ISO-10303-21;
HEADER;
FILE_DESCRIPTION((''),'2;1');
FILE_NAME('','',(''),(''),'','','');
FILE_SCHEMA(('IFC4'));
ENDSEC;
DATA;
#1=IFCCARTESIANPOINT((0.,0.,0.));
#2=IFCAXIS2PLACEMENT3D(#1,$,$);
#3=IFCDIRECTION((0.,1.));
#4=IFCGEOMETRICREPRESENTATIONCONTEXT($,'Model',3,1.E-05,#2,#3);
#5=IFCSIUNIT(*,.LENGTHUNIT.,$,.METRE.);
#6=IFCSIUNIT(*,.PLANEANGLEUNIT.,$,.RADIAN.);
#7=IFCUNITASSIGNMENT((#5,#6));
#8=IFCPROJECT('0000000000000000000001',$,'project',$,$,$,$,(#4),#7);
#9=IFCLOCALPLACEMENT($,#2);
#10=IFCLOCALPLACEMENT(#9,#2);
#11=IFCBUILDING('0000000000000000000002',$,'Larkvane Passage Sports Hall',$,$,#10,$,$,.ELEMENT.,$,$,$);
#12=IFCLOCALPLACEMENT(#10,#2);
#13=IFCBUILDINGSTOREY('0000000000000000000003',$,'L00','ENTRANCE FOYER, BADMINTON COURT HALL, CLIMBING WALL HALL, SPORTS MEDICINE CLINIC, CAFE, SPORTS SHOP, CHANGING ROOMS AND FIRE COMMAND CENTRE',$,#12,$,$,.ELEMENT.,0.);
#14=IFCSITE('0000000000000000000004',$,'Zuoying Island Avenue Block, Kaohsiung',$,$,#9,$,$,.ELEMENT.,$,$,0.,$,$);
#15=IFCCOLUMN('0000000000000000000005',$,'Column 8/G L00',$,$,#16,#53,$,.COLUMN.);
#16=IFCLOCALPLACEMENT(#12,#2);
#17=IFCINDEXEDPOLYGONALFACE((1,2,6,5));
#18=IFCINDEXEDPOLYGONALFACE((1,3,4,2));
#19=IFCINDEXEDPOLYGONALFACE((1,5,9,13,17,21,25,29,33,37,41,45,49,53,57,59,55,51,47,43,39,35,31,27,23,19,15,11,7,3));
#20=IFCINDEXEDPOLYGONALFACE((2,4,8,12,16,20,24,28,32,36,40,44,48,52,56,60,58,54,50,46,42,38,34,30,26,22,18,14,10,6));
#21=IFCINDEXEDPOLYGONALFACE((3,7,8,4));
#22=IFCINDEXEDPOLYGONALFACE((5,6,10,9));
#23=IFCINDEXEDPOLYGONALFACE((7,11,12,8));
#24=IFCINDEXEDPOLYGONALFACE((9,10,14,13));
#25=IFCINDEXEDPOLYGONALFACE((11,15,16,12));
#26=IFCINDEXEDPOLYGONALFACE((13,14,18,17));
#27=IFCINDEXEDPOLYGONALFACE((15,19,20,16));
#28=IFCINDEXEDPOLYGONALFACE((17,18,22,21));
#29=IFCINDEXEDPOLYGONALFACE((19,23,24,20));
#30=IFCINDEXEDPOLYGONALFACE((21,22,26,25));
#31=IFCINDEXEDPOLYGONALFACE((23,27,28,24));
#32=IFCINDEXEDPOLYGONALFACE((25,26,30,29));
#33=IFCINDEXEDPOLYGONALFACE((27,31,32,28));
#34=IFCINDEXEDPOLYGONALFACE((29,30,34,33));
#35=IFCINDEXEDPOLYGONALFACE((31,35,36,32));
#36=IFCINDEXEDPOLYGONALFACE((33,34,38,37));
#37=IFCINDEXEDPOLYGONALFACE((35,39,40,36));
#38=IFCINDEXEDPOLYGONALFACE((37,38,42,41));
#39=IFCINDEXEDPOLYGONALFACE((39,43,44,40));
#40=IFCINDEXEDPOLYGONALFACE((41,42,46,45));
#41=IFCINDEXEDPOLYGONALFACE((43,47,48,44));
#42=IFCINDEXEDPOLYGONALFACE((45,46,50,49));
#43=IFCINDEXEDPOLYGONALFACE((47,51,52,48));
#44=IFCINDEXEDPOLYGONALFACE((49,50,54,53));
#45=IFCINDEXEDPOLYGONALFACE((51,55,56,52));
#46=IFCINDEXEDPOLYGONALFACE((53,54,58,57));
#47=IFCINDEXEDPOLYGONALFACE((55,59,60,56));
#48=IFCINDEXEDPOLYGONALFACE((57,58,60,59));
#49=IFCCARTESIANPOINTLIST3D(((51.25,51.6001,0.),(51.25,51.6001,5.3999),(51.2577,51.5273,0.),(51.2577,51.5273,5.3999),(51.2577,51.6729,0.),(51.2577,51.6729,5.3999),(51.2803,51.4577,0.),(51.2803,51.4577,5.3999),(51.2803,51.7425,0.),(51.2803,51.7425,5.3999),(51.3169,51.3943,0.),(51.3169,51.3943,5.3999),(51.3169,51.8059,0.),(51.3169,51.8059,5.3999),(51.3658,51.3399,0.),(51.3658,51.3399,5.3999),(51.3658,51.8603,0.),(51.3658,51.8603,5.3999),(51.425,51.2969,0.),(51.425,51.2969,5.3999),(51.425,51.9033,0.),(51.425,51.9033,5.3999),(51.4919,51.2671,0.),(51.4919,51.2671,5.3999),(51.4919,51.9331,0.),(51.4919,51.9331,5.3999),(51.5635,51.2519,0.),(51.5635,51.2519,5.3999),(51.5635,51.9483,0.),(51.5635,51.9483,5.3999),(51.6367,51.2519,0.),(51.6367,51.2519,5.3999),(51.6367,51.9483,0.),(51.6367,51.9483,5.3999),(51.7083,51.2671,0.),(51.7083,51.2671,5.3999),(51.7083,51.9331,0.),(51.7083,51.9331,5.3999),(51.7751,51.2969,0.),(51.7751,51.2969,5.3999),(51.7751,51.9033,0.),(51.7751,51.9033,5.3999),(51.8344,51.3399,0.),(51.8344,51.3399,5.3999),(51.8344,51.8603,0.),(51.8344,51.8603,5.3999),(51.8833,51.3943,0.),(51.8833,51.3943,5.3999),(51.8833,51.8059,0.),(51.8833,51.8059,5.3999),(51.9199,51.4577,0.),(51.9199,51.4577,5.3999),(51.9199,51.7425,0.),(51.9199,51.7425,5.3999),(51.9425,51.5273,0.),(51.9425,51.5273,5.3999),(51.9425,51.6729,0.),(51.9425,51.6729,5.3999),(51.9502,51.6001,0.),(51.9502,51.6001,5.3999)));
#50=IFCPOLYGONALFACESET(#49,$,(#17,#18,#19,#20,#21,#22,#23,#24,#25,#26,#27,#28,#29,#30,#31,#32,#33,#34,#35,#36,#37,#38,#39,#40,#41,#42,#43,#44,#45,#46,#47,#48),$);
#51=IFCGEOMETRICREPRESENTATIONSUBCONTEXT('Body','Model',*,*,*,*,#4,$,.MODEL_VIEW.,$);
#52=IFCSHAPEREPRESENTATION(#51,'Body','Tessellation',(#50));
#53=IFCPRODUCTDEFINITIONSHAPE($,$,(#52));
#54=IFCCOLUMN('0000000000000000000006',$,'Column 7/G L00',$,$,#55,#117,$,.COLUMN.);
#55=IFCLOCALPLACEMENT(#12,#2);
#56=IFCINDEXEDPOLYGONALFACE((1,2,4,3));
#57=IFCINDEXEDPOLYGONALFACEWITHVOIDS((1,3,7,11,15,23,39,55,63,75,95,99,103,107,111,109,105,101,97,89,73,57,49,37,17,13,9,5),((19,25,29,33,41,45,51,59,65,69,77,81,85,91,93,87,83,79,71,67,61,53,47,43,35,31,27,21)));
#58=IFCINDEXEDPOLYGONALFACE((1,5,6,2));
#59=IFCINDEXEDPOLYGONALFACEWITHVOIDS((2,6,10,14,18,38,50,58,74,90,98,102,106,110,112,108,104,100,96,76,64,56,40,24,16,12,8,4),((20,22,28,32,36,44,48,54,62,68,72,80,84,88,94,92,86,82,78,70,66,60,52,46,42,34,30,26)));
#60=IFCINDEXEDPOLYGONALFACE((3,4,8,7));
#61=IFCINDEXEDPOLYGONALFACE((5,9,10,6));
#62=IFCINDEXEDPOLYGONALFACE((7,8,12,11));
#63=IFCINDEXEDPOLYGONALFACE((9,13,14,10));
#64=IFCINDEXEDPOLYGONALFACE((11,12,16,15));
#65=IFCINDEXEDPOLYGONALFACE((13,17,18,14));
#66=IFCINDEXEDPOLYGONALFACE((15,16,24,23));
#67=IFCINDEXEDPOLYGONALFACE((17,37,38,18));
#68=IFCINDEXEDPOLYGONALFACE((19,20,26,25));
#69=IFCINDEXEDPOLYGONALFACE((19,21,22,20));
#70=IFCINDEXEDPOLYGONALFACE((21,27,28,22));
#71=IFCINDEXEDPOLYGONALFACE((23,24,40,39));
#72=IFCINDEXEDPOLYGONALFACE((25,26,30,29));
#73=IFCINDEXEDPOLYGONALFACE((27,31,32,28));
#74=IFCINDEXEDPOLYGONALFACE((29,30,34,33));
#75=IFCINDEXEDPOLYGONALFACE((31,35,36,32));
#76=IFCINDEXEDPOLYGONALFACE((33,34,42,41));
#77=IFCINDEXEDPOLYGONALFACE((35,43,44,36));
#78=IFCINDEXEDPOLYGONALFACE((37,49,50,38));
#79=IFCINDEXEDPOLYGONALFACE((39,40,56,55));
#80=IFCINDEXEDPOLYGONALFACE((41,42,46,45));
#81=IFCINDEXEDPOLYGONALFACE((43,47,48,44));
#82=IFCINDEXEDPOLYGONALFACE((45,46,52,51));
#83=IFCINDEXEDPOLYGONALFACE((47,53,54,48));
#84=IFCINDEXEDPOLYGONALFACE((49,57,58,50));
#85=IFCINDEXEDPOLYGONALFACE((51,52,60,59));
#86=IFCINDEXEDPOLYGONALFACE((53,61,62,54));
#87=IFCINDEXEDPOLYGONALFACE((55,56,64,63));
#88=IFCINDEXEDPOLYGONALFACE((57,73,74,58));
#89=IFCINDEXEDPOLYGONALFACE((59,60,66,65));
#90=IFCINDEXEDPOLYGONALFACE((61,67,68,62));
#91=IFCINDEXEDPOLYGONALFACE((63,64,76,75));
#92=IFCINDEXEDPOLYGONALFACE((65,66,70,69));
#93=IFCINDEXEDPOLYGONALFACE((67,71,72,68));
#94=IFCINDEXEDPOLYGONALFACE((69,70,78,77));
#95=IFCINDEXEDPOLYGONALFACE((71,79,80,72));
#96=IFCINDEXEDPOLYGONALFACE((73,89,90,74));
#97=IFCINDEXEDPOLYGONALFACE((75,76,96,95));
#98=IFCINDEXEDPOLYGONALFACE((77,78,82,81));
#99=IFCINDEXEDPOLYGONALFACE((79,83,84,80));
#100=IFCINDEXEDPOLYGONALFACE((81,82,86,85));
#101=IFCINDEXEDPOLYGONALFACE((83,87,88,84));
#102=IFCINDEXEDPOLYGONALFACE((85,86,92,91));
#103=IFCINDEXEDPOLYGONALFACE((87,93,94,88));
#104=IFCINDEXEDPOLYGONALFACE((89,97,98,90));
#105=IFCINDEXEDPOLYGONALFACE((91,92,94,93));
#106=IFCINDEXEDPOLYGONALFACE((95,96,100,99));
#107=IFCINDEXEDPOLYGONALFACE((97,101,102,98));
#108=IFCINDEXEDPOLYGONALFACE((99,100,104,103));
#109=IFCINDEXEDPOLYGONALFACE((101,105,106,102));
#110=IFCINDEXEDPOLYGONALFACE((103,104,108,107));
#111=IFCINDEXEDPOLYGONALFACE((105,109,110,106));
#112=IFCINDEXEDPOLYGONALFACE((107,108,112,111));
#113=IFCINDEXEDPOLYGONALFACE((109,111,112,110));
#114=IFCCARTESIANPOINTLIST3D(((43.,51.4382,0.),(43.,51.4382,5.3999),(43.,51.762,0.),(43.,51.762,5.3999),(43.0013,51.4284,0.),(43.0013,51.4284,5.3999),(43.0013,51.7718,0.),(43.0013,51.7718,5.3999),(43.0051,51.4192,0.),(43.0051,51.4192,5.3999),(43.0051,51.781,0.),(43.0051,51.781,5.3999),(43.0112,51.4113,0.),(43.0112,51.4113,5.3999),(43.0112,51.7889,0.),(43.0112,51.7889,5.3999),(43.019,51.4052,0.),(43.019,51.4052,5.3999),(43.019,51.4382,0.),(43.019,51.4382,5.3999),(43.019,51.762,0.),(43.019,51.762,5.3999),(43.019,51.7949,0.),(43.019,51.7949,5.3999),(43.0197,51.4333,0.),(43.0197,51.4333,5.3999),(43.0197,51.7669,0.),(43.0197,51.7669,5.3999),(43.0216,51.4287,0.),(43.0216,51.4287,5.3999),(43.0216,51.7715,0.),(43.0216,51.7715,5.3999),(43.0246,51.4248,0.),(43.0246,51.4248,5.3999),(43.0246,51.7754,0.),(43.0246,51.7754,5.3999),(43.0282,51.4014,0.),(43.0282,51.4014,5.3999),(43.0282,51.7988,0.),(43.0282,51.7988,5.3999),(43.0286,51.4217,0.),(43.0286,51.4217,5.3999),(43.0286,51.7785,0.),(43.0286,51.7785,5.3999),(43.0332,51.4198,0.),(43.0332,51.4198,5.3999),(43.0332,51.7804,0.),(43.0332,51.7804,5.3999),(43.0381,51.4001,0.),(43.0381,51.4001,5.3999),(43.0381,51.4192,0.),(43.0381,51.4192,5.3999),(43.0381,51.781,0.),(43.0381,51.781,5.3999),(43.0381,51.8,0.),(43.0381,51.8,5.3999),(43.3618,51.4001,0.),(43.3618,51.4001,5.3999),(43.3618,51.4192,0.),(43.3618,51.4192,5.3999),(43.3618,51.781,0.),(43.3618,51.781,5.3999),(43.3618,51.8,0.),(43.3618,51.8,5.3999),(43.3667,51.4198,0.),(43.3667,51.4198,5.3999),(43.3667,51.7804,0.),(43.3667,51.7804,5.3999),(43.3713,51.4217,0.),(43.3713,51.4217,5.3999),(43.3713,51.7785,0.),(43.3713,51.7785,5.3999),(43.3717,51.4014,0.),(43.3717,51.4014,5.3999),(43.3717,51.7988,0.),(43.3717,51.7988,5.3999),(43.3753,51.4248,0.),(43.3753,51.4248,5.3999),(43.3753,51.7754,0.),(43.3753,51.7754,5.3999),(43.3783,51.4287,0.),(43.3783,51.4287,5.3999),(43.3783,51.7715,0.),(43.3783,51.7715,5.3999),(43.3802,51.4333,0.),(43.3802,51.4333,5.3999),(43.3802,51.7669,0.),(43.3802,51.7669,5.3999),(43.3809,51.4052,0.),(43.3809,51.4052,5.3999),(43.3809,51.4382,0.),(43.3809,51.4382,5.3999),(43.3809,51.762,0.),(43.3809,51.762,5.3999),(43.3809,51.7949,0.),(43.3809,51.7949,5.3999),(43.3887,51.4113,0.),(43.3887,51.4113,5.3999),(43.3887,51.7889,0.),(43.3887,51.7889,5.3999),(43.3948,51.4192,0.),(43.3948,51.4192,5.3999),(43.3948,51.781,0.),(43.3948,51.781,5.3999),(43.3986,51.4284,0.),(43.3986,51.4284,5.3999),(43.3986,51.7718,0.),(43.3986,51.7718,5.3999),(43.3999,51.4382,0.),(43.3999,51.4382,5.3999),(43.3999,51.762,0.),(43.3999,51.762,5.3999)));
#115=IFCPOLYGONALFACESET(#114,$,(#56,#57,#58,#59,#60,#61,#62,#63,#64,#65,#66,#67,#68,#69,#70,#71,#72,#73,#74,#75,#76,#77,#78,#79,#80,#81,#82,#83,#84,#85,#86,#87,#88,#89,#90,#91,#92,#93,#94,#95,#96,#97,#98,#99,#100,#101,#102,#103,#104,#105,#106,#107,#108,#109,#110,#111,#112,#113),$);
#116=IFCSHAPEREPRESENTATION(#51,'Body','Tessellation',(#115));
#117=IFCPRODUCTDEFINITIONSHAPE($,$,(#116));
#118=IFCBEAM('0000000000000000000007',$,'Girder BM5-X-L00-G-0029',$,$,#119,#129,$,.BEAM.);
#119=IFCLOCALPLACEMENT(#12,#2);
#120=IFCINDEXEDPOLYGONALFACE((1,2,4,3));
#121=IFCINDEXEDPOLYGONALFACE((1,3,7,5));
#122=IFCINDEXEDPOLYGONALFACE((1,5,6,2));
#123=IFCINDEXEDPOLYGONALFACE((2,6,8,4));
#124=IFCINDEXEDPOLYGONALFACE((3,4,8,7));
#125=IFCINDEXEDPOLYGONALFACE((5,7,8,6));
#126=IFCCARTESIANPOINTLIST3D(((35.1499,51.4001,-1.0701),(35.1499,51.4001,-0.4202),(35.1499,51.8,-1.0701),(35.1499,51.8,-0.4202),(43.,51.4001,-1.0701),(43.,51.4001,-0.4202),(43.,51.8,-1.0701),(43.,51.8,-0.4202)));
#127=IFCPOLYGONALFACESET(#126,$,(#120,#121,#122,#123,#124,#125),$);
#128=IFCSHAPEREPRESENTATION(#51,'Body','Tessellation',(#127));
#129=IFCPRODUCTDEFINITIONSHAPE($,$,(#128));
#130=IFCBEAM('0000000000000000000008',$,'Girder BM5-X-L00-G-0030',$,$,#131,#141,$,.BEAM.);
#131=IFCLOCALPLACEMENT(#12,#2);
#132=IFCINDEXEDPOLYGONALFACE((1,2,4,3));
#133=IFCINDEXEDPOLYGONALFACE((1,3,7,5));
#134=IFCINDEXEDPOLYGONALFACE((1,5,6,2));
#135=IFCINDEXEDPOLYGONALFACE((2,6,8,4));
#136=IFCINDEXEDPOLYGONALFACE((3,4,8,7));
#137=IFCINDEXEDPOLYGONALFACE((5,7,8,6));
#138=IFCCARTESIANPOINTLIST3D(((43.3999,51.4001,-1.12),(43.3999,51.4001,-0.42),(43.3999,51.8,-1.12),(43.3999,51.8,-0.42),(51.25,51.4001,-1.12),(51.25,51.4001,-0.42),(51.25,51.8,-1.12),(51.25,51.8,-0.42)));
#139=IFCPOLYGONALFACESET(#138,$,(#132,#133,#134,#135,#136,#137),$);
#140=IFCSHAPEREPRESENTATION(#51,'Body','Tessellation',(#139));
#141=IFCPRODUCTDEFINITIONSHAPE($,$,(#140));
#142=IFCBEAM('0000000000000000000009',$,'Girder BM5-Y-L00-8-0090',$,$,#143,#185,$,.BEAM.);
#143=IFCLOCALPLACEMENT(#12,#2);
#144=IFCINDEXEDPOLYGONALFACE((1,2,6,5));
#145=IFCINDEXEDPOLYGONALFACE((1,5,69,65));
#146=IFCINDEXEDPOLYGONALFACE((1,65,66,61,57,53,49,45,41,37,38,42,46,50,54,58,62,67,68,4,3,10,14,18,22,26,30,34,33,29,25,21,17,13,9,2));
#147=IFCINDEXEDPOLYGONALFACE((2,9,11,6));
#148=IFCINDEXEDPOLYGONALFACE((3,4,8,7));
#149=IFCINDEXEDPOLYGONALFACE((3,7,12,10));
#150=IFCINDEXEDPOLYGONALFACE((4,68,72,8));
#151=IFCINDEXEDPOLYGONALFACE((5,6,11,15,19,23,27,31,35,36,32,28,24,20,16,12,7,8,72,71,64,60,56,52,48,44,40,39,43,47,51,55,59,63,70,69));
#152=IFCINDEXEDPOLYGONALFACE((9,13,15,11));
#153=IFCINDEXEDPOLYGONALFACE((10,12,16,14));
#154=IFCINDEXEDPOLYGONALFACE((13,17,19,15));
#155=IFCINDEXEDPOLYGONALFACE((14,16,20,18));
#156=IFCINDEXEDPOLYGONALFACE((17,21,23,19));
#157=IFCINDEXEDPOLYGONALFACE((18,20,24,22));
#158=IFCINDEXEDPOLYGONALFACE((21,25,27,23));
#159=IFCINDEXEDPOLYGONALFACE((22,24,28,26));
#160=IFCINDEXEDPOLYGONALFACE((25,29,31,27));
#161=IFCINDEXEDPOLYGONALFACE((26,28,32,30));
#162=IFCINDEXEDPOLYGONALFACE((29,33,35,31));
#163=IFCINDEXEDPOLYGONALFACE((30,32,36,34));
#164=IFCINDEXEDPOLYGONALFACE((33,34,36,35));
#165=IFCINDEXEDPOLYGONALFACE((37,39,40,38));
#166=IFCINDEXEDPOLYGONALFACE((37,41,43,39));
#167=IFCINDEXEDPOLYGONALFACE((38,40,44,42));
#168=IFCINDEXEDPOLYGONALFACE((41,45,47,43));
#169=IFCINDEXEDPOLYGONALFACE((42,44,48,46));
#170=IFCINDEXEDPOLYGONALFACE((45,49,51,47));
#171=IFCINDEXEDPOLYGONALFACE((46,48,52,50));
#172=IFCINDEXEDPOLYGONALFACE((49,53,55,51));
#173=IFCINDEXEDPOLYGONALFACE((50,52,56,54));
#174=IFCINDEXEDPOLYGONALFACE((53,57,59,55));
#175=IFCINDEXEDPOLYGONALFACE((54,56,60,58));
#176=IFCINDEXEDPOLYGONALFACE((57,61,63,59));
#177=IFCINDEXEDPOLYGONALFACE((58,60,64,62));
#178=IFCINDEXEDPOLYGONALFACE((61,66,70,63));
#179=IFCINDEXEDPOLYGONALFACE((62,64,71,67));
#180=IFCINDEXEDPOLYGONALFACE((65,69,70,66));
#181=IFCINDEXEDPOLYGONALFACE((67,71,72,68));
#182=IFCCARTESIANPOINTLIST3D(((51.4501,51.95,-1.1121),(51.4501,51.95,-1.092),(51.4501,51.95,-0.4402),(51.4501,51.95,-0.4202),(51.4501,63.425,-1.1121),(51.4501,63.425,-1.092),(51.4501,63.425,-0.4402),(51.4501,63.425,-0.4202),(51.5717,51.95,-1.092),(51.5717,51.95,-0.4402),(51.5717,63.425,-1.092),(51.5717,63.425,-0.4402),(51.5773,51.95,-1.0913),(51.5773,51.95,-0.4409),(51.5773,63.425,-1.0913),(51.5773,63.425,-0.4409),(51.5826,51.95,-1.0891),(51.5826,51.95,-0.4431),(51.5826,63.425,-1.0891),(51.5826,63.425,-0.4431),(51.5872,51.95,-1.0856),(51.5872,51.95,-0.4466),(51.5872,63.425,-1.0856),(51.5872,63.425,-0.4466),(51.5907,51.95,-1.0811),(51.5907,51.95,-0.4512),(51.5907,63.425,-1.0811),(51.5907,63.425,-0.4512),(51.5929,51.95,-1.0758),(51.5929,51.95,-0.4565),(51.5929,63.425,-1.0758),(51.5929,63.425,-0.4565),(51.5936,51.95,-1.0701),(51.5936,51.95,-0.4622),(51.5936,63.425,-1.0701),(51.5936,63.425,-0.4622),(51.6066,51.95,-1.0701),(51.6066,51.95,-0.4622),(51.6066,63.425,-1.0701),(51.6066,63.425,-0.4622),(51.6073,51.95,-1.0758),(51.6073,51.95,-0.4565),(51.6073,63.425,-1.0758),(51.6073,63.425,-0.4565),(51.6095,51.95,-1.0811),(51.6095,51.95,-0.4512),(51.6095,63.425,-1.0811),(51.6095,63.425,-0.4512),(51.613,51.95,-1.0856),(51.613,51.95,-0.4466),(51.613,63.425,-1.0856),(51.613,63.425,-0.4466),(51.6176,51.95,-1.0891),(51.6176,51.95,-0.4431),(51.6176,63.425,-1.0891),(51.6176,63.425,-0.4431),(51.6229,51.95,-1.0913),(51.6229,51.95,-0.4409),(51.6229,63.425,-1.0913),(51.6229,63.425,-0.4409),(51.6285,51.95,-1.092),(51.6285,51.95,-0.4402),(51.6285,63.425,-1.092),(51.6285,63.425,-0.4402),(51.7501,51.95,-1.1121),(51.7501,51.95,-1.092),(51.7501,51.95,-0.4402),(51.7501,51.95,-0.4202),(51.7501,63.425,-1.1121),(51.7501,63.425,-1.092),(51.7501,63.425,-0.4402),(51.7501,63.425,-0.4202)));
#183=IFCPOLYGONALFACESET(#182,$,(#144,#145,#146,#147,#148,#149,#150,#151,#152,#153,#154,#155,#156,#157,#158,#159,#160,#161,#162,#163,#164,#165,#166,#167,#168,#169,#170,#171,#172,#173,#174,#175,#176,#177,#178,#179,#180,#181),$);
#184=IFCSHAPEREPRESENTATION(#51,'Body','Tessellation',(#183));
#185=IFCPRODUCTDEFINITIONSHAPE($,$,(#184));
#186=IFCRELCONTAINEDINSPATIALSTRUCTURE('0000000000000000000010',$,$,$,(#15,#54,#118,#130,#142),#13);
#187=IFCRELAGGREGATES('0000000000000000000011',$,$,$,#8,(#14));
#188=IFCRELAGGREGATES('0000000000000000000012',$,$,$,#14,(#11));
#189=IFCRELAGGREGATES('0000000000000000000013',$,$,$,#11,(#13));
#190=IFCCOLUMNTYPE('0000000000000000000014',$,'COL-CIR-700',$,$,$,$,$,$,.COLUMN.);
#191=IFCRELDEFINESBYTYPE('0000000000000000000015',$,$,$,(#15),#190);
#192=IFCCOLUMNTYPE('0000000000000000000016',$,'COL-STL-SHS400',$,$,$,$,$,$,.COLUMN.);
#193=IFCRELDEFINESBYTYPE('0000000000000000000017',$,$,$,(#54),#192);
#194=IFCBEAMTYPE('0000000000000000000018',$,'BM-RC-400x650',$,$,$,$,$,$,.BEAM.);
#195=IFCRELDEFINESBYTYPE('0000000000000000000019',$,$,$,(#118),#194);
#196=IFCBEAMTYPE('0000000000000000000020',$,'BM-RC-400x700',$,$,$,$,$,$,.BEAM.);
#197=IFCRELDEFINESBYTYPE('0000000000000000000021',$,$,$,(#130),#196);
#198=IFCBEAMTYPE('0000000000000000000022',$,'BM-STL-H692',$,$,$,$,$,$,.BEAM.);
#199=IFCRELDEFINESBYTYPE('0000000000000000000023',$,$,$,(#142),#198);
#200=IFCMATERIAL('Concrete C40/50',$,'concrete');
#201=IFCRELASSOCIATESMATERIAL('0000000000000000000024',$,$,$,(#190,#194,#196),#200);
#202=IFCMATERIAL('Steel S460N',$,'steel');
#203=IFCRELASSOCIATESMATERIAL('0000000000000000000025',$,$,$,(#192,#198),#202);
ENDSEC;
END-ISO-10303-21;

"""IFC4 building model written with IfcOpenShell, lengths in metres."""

from ifc_helpers import new_model, si_unit, direction, frame, origin, origin_2d, place, context, subcontext, project, spatial, rectangle, hollow_rectangle, circle, i_section, extrude, material, material_profile, profile_set, type_object, element, save


model = new_model("IFC4")

# Units and contexts
model_context = context("Model", 3, precision=1e-05, world=origin(), true_north=direction((0.0, 1.0)))
body_context = subcontext(model_context, "Body", "Model", "MODEL_VIEW")
ifc_project = project(units=[si_unit("LENGTHUNIT", "METRE"), si_unit("PLANEANGLEUNIT", "RADIAN")], contexts=[model_context])

# Site, building, storey
site_placement = place(None, origin())
site = spatial("IfcSite", under=ifc_project, at=site_placement, Name="Zuoying Island Avenue Block, Kaohsiung", CompositionType="ELEMENT", RefElevation=0.0)
building_placement = place(site_placement, origin())
building = spatial("IfcBuilding", under=site, at=building_placement, Name="Larkvane Passage Sports Hall", CompositionType="ELEMENT")
storey_placement = place(building_placement, origin())
storey = spatial("IfcBuildingStorey", under=building, at=storey_placement, Name="L00", Description="ENTRANCE FOYER, BADMINTON COURT HALL, CLIMBING WALL HALL, SPORTS MEDICINE CLINIC, CAFE, SPORTS SHOP, CHANGING ROOMS AND FIRE COMMAND CENTRE", CompositionType="ELEMENT", Elevation=0.0)

# Columns
ifc_material_1 = material(Name="Concrete C40/50", Category="concrete")
ifc_material_profile_1 = material_profile(ifc_material_1, circle(Radius=0.3501, at=origin_2d()), Name="RC-CIR-700")
ifc_profile_set_1 = profile_set([ifc_material_profile_1], Name="Concrete C40/50")
column_type_1 = type_object("IfcColumnType", Name="COL-CIR-700", PredefinedType="COLUMN", material=ifc_profile_set_1)
column_1_placement = place(storey_placement, frame((51.6001, 51.6001, 0.0), z_axis=(0.0, 0.0, 1.0), x_axis=(1.0, 0.0, 0.0)))
element("IfcColumn", 1, at=column_1_placement, inside=storey, type_object=column_type_1, Name="Column 8/G L00", PredefinedType="COLUMN", context=body_context, shape_type="SweptSolid", body=[
    extrude(circle(Radius=0.3501, at=origin_2d()), origin(), (0.0, 0.0, 1.0), 5.3999),
])
ifc_material_2 = material(Name="Steel S460N", Category="steel")
ifc_material_profile_2 = material_profile(ifc_material_2, hollow_rectangle(XDim=0.3999, YDim=0.3999, WallThickness=0.019, InnerFilletRadius=0.019, OuterFilletRadius=0.0381, at=origin_2d()), Name="SHS-400x400x19")
ifc_profile_set_2 = profile_set([ifc_material_profile_2], Name="Steel S460N")
column_type_2 = type_object("IfcColumnType", Name="COL-STL-SHS400", PredefinedType="COLUMN", material=ifc_profile_set_2)
column_2_placement = place(storey_placement, frame((43.2, 51.6001, 0.0), z_axis=(0.0, 0.0, 1.0), x_axis=(1.0, 0.0, 0.0)))
element("IfcColumn", 2, at=column_2_placement, inside=storey, type_object=column_type_2, Name="Column 7/G L00", PredefinedType="COLUMN", context=body_context, shape_type="SweptSolid", body=[
    extrude(hollow_rectangle(XDim=0.3999, YDim=0.3999, WallThickness=0.019, InnerFilletRadius=0.019, OuterFilletRadius=0.0381, at=origin_2d()), origin(), (0.0, 0.0, 1.0), 5.3999),
])

# Beams
ifc_material_profile_3 = material_profile(ifc_material_1, rectangle(XDim=0.3999, YDim=0.6499, at=origin_2d()), Name="RC-BM-400x650")
ifc_profile_set_3 = profile_set([ifc_material_profile_3], Name="Concrete C40/50")
beam_type_1 = type_object("IfcBeamType", Name="BM-RC-400x650", PredefinedType="BEAM", material=ifc_profile_set_3)
beam_1_placement = place(storey_placement, frame((35.1499, 51.6001, -0.7451), z_axis=(1.0, 0.0, 0.0), x_axis=(0.0, 1.0, 0.0)))
element("IfcBeam", 3, at=beam_1_placement, inside=storey, type_object=beam_type_1, Name="Girder BM5-X-L00-G-0029", PredefinedType="BEAM", context=body_context, shape_type="SweptSolid", body=[
    extrude(rectangle(XDim=0.3999, YDim=0.6499, at=origin_2d()), origin(), (0.0, 0.0, 1.0), 7.8501),
])
ifc_material_profile_4 = material_profile(ifc_material_1, rectangle(XDim=0.3999, YDim=0.7, at=origin_2d()), Name="RC-BM-400x700")
ifc_profile_set_4 = profile_set([ifc_material_profile_4], Name="Concrete C40/50")
beam_type_2 = type_object("IfcBeamType", Name="BM-RC-400x700", PredefinedType="BEAM", material=ifc_profile_set_4)
beam_2_placement = place(storey_placement, frame((43.3999, 51.6001, -0.77), z_axis=(1.0, 0.0, 0.0), x_axis=(0.0, 1.0, 0.0)))
element("IfcBeam", 4, at=beam_2_placement, inside=storey, type_object=beam_type_2, Name="Girder BM5-X-L00-G-0030", PredefinedType="BEAM", context=body_context, shape_type="SweptSolid", body=[
    extrude(rectangle(XDim=0.3999, YDim=0.7, at=origin_2d()), origin(), (0.0, 0.0, 1.0), 7.8501),
])
ifc_material_profile_5 = material_profile(ifc_material_2, i_section(OverallWidth=0.3, OverallDepth=0.6919, WebThickness=0.0129, FlangeThickness=0.02, FilletRadius=0.022, at=origin_2d()), Name="H-692x300x13x20")
ifc_profile_set_5 = profile_set([ifc_material_profile_5], Name="Steel S460N")
beam_type_3 = type_object("IfcBeamType", Name="BM-STL-H692", PredefinedType="BEAM", material=ifc_profile_set_5)
beam_3_placement = place(storey_placement, frame((51.6001, 51.95, -0.7661), z_axis=(0.0, 1.0, 0.0), x_axis=(-1.0, 0.0, 0.0)))
element("IfcBeam", 5, at=beam_3_placement, inside=storey, type_object=beam_type_3, Name="Girder BM5-Y-L00-8-0090", PredefinedType="BEAM", context=body_context, shape_type="SweptSolid", body=[
    extrude(i_section(OverallWidth=0.3, OverallDepth=0.6919, WebThickness=0.0129, FlangeThickness=0.02, FilletRadius=0.022, at=origin_2d()), origin(), (0.0, 0.0, 1.0), 11.4751),
])

save(model, "model.ifc")
